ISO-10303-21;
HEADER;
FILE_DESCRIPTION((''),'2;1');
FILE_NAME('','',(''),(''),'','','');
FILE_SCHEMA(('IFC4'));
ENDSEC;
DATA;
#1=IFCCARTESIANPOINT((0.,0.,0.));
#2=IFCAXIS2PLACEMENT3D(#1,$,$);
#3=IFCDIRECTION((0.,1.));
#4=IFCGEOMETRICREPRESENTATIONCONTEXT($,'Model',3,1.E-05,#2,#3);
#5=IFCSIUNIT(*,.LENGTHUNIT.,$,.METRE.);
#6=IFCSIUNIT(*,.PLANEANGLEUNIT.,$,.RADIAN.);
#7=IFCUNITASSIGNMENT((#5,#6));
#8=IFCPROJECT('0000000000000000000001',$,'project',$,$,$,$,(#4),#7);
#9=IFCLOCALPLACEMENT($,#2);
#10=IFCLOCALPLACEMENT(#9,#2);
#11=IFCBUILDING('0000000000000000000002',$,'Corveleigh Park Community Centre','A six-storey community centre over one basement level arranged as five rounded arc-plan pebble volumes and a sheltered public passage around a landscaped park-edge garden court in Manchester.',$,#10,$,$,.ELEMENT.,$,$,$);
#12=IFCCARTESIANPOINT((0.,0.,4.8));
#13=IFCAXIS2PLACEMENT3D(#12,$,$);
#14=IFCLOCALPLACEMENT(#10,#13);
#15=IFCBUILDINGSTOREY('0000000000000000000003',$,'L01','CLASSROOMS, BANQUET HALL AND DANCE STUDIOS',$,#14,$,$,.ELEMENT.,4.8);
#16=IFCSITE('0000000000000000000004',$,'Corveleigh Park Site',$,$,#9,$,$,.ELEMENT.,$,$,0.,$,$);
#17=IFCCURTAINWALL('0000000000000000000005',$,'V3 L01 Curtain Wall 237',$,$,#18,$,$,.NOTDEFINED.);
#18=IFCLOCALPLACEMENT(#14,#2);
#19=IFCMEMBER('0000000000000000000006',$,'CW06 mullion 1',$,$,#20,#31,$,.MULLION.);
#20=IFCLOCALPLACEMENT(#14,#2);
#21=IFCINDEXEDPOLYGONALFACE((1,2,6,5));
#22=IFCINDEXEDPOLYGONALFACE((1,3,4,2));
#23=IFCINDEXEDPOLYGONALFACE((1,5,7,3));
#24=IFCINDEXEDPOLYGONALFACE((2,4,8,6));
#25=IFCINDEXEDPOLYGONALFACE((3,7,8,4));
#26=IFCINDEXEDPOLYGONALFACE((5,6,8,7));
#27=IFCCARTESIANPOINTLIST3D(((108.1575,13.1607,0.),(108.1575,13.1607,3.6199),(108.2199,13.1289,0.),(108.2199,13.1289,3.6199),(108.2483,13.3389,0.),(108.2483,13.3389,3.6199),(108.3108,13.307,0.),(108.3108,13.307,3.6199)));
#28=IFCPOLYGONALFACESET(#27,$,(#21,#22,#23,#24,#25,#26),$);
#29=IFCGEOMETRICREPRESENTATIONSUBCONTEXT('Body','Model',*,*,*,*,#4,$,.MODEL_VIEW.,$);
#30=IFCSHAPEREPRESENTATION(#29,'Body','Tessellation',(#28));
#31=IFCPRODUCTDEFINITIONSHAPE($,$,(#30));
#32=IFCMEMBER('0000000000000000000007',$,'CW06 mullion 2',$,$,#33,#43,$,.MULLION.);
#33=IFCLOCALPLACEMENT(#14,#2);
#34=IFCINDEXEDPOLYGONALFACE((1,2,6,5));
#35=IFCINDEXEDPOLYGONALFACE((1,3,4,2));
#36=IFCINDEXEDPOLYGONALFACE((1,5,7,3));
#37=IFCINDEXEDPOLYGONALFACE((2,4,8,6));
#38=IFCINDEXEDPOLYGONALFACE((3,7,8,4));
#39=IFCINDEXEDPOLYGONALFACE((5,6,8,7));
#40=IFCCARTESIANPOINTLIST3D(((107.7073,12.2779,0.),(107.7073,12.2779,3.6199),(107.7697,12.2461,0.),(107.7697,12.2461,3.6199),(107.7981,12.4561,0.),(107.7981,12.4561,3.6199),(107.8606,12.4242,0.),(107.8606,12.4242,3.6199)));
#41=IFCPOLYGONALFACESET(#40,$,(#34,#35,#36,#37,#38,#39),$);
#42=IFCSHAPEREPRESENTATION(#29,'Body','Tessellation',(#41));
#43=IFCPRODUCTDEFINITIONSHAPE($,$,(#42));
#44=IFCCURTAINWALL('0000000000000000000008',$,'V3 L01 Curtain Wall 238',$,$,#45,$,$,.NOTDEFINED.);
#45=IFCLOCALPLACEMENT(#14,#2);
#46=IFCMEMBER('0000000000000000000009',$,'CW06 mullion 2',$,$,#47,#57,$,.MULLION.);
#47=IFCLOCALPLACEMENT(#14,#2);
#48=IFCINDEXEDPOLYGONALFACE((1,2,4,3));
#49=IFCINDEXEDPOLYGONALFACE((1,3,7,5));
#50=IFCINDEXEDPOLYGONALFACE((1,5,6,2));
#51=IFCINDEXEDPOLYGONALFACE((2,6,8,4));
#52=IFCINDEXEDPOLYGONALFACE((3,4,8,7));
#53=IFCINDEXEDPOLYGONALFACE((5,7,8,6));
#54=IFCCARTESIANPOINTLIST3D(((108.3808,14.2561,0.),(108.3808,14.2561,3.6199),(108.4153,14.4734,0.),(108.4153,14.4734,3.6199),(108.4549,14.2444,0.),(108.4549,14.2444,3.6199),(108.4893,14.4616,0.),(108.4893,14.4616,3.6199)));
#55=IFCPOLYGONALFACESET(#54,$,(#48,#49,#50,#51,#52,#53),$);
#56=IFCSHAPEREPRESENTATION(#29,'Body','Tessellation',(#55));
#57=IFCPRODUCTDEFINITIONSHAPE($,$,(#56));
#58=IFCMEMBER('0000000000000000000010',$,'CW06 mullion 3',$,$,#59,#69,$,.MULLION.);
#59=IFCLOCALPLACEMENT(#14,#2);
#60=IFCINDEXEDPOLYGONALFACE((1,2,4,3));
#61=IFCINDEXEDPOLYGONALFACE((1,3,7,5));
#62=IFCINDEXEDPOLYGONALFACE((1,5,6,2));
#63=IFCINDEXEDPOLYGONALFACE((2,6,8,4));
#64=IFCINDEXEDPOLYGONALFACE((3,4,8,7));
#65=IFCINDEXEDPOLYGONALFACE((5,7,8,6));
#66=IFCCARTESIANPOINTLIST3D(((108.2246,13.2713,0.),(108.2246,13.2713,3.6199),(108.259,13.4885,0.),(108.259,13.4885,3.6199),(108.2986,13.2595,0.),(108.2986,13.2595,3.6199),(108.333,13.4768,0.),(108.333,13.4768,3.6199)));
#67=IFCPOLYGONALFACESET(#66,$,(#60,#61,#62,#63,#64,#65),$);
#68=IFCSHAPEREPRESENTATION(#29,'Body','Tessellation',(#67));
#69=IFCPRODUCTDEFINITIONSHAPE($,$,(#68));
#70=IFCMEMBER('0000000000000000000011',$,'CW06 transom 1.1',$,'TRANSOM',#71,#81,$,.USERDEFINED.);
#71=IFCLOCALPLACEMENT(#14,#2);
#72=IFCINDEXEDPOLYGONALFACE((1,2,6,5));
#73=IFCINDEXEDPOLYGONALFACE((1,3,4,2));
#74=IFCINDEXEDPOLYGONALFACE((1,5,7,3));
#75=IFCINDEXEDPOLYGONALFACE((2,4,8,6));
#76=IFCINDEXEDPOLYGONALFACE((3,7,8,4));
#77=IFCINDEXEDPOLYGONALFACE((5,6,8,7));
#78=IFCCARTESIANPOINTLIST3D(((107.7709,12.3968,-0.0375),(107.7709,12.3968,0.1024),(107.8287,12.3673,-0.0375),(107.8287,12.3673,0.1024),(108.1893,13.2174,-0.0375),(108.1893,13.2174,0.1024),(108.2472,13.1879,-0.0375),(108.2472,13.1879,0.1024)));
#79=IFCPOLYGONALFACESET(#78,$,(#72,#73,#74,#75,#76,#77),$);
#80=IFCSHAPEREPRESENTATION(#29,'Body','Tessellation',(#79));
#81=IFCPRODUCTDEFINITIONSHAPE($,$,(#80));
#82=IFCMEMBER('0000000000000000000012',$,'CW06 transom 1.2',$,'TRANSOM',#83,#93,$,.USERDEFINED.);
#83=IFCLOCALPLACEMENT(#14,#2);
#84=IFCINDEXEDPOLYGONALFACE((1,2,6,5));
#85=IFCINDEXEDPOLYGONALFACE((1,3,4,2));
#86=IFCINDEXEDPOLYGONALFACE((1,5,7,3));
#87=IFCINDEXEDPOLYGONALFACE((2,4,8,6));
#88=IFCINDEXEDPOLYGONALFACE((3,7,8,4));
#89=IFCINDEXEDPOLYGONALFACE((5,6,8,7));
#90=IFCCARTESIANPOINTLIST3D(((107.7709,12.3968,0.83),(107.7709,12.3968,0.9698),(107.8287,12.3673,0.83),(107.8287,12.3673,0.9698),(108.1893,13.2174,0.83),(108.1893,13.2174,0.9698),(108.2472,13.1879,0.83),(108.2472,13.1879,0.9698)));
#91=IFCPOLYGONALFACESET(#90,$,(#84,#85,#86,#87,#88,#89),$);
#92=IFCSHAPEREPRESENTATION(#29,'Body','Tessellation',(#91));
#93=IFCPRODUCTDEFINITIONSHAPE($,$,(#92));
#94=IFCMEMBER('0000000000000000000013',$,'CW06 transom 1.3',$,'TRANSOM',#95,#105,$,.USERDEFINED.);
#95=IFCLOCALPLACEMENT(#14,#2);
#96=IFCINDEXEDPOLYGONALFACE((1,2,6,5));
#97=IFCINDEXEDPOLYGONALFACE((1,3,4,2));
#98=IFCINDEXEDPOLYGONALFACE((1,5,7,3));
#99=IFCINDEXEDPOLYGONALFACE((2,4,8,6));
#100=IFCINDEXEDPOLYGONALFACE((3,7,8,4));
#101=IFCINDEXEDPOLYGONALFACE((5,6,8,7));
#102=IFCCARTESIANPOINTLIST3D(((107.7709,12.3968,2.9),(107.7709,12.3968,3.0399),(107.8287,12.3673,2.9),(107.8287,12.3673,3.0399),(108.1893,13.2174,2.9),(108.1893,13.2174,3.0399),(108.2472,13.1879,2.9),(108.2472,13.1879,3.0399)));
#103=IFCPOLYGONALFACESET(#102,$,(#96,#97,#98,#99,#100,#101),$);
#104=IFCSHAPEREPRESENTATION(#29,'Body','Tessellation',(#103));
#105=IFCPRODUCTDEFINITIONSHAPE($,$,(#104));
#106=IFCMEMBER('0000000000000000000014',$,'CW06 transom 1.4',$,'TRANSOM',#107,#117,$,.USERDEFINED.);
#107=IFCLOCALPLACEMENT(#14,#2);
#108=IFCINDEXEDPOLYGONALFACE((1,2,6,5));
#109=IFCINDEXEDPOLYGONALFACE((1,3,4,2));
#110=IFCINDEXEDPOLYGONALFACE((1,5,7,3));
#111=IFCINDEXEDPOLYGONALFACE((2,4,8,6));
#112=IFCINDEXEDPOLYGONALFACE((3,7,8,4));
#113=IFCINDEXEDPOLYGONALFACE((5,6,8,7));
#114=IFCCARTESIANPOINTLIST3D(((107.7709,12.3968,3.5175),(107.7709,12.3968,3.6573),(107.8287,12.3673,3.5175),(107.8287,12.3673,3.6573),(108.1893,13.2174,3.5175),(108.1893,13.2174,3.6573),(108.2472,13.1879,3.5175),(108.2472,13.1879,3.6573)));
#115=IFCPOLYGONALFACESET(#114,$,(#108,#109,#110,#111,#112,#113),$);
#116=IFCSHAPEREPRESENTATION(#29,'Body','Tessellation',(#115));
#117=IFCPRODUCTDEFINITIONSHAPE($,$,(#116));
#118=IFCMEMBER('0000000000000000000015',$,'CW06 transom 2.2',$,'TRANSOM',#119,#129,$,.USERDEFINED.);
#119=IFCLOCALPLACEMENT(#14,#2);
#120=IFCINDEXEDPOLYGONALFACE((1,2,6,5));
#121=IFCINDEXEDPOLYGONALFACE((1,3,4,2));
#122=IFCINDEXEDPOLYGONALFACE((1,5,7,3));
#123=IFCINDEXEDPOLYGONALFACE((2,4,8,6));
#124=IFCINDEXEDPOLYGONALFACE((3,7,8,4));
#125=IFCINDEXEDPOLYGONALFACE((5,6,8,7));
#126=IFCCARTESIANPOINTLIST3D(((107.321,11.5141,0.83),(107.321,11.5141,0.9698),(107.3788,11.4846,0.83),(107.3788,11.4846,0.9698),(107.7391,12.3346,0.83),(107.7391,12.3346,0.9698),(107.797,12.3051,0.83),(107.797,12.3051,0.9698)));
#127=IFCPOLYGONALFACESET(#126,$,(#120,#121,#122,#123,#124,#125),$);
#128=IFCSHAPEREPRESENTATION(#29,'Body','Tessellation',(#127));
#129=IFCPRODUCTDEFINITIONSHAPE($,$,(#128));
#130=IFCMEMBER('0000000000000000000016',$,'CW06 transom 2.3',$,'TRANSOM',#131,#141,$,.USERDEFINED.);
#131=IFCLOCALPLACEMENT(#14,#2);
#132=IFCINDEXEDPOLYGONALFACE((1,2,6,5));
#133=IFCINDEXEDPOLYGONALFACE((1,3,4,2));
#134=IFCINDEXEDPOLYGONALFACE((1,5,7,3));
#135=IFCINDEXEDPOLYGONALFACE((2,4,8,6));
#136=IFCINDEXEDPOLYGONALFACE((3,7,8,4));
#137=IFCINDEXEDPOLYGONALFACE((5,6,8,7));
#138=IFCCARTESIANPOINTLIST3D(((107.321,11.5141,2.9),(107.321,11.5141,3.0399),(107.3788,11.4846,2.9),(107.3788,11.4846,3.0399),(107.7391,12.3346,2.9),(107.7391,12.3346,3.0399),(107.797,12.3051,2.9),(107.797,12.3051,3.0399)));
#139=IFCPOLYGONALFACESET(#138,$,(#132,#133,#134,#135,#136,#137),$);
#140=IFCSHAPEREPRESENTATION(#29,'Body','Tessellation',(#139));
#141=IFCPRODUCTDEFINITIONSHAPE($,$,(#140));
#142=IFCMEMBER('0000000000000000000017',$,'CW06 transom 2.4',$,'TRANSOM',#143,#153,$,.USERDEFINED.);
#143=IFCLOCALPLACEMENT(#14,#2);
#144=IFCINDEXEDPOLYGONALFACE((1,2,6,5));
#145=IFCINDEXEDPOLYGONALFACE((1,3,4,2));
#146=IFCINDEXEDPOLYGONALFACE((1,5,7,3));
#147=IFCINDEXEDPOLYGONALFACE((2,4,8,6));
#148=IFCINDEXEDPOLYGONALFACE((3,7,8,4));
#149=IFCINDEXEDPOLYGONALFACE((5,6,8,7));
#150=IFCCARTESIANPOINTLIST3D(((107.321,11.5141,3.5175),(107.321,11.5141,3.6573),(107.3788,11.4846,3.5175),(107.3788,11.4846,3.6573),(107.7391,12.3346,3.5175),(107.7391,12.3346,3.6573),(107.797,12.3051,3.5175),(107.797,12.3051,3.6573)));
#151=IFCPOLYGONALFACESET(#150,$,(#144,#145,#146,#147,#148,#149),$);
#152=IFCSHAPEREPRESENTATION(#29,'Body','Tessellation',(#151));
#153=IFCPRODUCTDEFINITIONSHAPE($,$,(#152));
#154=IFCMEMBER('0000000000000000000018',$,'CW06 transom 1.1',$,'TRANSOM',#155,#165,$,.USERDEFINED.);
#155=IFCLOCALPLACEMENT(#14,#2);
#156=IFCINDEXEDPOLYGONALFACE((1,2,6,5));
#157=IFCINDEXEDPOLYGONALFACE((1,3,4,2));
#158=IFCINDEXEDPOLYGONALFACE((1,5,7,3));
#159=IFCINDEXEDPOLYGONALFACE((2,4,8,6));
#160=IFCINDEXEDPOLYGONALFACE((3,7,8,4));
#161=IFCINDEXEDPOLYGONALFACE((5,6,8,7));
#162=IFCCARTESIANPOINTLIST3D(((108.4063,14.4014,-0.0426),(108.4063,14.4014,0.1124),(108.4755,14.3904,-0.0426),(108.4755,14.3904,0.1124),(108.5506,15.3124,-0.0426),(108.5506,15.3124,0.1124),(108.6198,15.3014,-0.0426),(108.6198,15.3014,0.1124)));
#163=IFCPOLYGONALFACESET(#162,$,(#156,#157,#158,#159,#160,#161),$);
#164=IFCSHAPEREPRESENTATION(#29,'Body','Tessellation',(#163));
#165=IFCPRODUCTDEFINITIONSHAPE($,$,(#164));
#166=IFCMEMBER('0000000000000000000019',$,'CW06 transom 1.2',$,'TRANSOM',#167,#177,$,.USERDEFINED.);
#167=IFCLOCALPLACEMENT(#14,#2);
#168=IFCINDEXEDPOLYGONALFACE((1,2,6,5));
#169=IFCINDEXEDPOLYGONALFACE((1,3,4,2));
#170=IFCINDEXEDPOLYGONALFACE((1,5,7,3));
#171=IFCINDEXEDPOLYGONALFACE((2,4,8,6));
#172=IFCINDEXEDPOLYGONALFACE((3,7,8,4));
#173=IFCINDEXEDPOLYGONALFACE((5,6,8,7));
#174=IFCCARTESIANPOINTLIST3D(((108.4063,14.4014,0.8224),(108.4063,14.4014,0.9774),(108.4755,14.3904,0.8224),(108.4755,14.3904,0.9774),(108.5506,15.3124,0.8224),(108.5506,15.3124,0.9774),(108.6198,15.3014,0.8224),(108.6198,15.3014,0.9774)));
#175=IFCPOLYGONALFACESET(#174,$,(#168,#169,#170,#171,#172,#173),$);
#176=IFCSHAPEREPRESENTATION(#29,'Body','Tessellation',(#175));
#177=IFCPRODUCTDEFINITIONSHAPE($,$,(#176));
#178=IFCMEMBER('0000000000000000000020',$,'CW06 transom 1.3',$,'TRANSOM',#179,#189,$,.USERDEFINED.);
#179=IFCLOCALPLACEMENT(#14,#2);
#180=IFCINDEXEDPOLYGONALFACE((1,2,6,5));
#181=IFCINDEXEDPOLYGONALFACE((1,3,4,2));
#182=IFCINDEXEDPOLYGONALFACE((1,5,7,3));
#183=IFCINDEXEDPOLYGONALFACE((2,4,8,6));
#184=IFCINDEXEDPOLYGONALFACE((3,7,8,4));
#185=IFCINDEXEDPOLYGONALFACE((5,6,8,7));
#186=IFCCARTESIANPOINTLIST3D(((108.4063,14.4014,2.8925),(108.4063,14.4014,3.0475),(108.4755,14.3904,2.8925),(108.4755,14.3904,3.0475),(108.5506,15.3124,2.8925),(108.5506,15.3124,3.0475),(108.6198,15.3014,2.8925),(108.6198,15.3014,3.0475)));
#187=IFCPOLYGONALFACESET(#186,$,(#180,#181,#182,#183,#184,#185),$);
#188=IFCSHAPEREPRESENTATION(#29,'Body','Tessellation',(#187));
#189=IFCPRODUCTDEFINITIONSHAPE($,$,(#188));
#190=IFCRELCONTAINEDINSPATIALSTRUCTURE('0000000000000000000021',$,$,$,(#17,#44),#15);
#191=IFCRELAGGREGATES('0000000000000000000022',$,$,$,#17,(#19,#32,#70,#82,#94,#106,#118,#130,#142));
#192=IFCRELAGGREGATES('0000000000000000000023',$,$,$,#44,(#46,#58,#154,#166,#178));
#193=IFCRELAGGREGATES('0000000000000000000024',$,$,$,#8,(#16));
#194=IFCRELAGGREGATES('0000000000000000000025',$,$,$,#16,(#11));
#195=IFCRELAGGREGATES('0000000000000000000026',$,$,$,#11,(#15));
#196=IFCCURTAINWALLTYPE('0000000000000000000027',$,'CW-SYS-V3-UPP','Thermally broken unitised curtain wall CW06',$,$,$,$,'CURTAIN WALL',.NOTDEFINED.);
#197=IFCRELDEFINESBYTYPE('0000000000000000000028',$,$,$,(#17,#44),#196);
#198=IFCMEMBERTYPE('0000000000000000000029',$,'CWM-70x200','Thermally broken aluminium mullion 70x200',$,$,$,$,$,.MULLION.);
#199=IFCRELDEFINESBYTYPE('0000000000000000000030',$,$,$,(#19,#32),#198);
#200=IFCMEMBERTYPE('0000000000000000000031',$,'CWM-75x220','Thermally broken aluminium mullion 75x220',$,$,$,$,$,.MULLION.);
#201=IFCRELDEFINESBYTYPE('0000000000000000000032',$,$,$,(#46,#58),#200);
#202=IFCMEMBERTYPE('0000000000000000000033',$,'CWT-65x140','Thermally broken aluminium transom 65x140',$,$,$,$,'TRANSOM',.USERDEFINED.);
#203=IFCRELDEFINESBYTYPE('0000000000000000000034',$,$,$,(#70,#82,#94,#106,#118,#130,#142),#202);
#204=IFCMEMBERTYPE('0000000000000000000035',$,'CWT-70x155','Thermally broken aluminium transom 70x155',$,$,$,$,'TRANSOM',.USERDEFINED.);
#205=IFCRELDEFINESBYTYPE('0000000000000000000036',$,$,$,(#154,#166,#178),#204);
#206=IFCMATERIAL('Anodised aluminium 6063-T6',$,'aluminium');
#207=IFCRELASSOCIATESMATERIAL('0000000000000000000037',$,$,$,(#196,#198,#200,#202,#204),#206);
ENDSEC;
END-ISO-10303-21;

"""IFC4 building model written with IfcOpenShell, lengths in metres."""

from ifc_helpers import new_model, si_unit, direction, frame, origin, origin_2d, place, context, subcontext, project, spatial, rectangle, extrude, material, material_profile, profile_set, type_object, element, aggregate, save


model = new_model("IFC4")

# Units and contexts
model_context = context("Model", 3, precision=1e-05, world=origin(), true_north=direction((0.0, 1.0)))
body_context = subcontext(model_context, "Body", "Model", "MODEL_VIEW")
ifc_project = project(units=[si_unit("LENGTHUNIT", "METRE"), si_unit("PLANEANGLEUNIT", "RADIAN")], contexts=[model_context])

# Site, building, storey
site_placement = place(None, origin())
site = spatial("IfcSite", under=ifc_project, at=site_placement, Name="Corveleigh Park Site", CompositionType="ELEMENT", RefElevation=0.0)
building_placement = place(site_placement, origin())
building = spatial("IfcBuilding", under=site, at=building_placement, Name="Corveleigh Park Community Centre", Description="A six-storey community centre over one basement level arranged as five rounded arc-plan pebble volumes and a sheltered public passage around a landscaped park-edge garden court in Manchester.", CompositionType="ELEMENT")
storey_placement = place(building_placement, frame((0.0, 0.0, 4.8)))
storey = spatial("IfcBuildingStorey", under=building, at=storey_placement, Name="L01", Description="CLASSROOMS, BANQUET HALL AND DANCE STUDIOS", CompositionType="ELEMENT", Elevation=4.8)

# Curtain walls, members
ifc_material_1 = material(Name="Anodised aluminium 6063-T6", Category="aluminium")
curtain_wall_type = type_object("IfcCurtainWallType", Name="CW-SYS-V3-UPP", Description="Thermally broken unitised curtain wall CW06", ElementType="CURTAIN WALL", PredefinedType="NOTDEFINED", material=ifc_material_1)
curtain_wall_1_placement = place(storey_placement, origin())
curtain_wall_1 = element("IfcCurtainWall", 1, at=curtain_wall_1_placement, inside=storey, type_object=curtain_wall_type, Name="V3 L01 Curtain Wall 237", PredefinedType="NOTDEFINED")
ifc_material_profile_1 = material_profile(ifc_material_1, rectangle(XDim=0.0701, YDim=0.2, at=origin_2d()), Name="ALU-M70x200", Category="aluminium")
ifc_profile_set_1 = profile_set([ifc_material_profile_1], Name="Anodised aluminium 6063-T6")
member_type_1 = type_object("IfcMemberType", Name="CWM-70x200", Description="Thermally broken aluminium mullion 70x200", PredefinedType="MULLION", material=ifc_profile_set_1)
member_1_placement = place(storey_placement, frame((108.2341, 13.2339, 0.0), z_axis=(0.0, 0.0, 1.0), x_axis=(0.890891, -0.454218, 0.0)))
member_1 = element("IfcMember", 2, at=member_1_placement, type_object=member_type_1, Name="CW06 mullion 1", PredefinedType="MULLION", context=body_context, shape_type="SweptSolid", body=[
    extrude(rectangle(XDim=0.0701, YDim=0.2, at=origin_2d()), origin(), (0.0, 0.0, 1.0), 3.6199),
])
member_2_placement = place(storey_placement, frame((107.7839, 12.3511, 0.0), z_axis=(0.0, 0.0, 1.0), x_axis=(0.890891, -0.454218, 0.0)))
member_2 = element("IfcMember", 3, at=member_2_placement, type_object=member_type_1, Name="CW06 mullion 2", PredefinedType="MULLION", context=body_context, shape_type="SweptSolid", body=[
    extrude(rectangle(XDim=0.0701, YDim=0.2, at=origin_2d()), origin(), (0.0, 0.0, 1.0), 3.6199),
])
curtain_wall_2_placement = place(storey_placement, origin())
curtain_wall_2 = element("IfcCurtainWall", 4, at=curtain_wall_2_placement, inside=storey, type_object=curtain_wall_type, Name="V3 L01 Curtain Wall 238", PredefinedType="NOTDEFINED")
ifc_material_profile_2 = material_profile(ifc_material_1, rectangle(XDim=0.075, YDim=0.22, at=origin_2d()), Name="ALU-M75x220", Category="aluminium")
ifc_profile_set_2 = profile_set([ifc_material_profile_2], Name="Anodised aluminium 6063-T6")
member_type_2 = type_object("IfcMemberType", Name="CWM-75x220", Description="Thermally broken aluminium mullion 75x220", PredefinedType="MULLION", material=ifc_profile_set_2)
member_3_placement = place(storey_placement, frame((108.4351, 14.3589, 0.0), z_axis=(0.0, 0.0, 1.0), x_axis=(0.987669, -0.156558, 0.0)))
member_3 = element("IfcMember", 5, at=member_3_placement, type_object=member_type_2, Name="CW06 mullion 2", PredefinedType="MULLION", context=body_context, shape_type="SweptSolid", body=[
    extrude(rectangle(XDim=0.075, YDim=0.22, at=origin_2d()), origin(), (0.0, 0.0, 1.0), 3.6199),
])
member_4_placement = place(storey_placement, frame((108.2788, 13.374, 0.0), z_axis=(0.0, 0.0, 1.0), x_axis=(0.987669, -0.156558, 0.0)))
member_4 = element("IfcMember", 6, at=member_4_placement, type_object=member_type_2, Name="CW06 mullion 3", PredefinedType="MULLION", context=body_context, shape_type="SweptSolid", body=[
    extrude(rectangle(XDim=0.075, YDim=0.22, at=origin_2d()), origin(), (0.0, 0.0, 1.0), 3.6199),
])

# Members
ifc_material_profile_3 = material_profile(ifc_material_1, rectangle(XDim=0.0649, YDim=0.1399, at=origin_2d()), Name="ALU-T65x140", Category="aluminium")
ifc_profile_set_3 = profile_set([ifc_material_profile_3], Name="Anodised aluminium 6063-T6")
member_type_3 = type_object("IfcMemberType", Name="CWT-65x140", Description="Thermally broken aluminium transom 65x140", ElementType="TRANSOM", PredefinedType="USERDEFINED", material=ifc_profile_set_3)
member_5_placement = place(storey_placement, frame((108.2183, 13.2026, 0.0325), z_axis=(-0.454303, -0.890847, 0.0), x_axis=(0.890847, -0.454303, 0.0)))
member_5 = element("IfcMember", 7, at=member_5_placement, type_object=member_type_3, Name="CW06 transom 1.1", ObjectType="TRANSOM", PredefinedType="USERDEFINED", context=body_context, shape_type="SweptSolid", body=[
    extrude(rectangle(XDim=0.0649, YDim=0.1399, at=origin_2d()), origin(), (0.0, 0.0, 1.0), 0.9211),
])
member_6_placement = place(storey_placement, frame((108.2183, 13.2026, 0.8999), z_axis=(-0.454303, -0.890847, 0.0), x_axis=(0.890847, -0.454303, 0.0)))
member_6 = element("IfcMember", 8, at=member_6_placement, type_object=member_type_3, Name="CW06 transom 1.2", ObjectType="TRANSOM", PredefinedType="USERDEFINED", context=body_context, shape_type="SweptSolid", body=[
    extrude(rectangle(XDim=0.0649, YDim=0.1399, at=origin_2d()), origin(), (0.0, 0.0, 1.0), 0.9211),
])
member_7_placement = place(storey_placement, frame((108.2183, 13.2026, 2.97), z_axis=(-0.454303, -0.890847, 0.0), x_axis=(0.890847, -0.454303, 0.0)))
member_7 = element("IfcMember", 9, at=member_7_placement, type_object=member_type_3, Name="CW06 transom 1.3", ObjectType="TRANSOM", PredefinedType="USERDEFINED", context=body_context, shape_type="SweptSolid", body=[
    extrude(rectangle(XDim=0.0649, YDim=0.1399, at=origin_2d()), origin(), (0.0, 0.0, 1.0), 0.9211),
])
member_8_placement = place(storey_placement, frame((108.2183, 13.2026, 3.5874), z_axis=(-0.454303, -0.890847, 0.0), x_axis=(0.890847, -0.454303, 0.0)))
member_8 = element("IfcMember", 10, at=member_8_placement, type_object=member_type_3, Name="CW06 transom 1.4", ObjectType="TRANSOM", PredefinedType="USERDEFINED", context=body_context, shape_type="SweptSolid", body=[
    extrude(rectangle(XDim=0.0649, YDim=0.1399, at=origin_2d()), origin(), (0.0, 0.0, 1.0), 0.9211),
])
member_9_placement = place(storey_placement, frame((107.7681, 12.3198, 0.8999), z_axis=(-0.454093, -0.890955, 0.0), x_axis=(0.890955, -0.454093, 0.0)))
member_9 = element("IfcMember", 11, at=member_9_placement, type_object=member_type_3, Name="CW06 transom 2.2", ObjectType="TRANSOM", PredefinedType="USERDEFINED", context=body_context, shape_type="SweptSolid", body=[
    extrude(rectangle(XDim=0.0649, YDim=0.1399, at=origin_2d()), origin(), (0.0, 0.0, 1.0), 0.9209),
])
member_10_placement = place(storey_placement, frame((107.7681, 12.3198, 2.97), z_axis=(-0.454093, -0.890955, 0.0), x_axis=(0.890955, -0.454093, 0.0)))
member_10 = element("IfcMember", 12, at=member_10_placement, type_object=member_type_3, Name="CW06 transom 2.3", ObjectType="TRANSOM", PredefinedType="USERDEFINED", context=body_context, shape_type="SweptSolid", body=[
    extrude(rectangle(XDim=0.0649, YDim=0.1399, at=origin_2d()), origin(), (0.0, 0.0, 1.0), 0.9209),
])
member_11_placement = place(storey_placement, frame((107.7681, 12.3198, 3.5874), z_axis=(-0.454093, -0.890955, 0.0), x_axis=(0.890955, -0.454093, 0.0)))
member_11 = element("IfcMember", 13, at=member_11_placement, type_object=member_type_3, Name="CW06 transom 2.4", ObjectType="TRANSOM", PredefinedType="USERDEFINED", context=body_context, shape_type="SweptSolid", body=[
    extrude(rectangle(XDim=0.0649, YDim=0.1399, at=origin_2d()), origin(), (0.0, 0.0, 1.0), 0.9209),
])
ifc_material_profile_4 = material_profile(ifc_material_1, rectangle(XDim=0.0701, YDim=0.155, at=origin_2d()), Name="ALU-T70x155", Category="aluminium")
ifc_profile_set_4 = profile_set([ifc_material_profile_4], Name="Anodised aluminium 6063-T6")
member_type_4 = type_object("IfcMemberType", Name="CWT-70x155", Description="Thermally broken aluminium transom 70x155", ElementType="TRANSOM", PredefinedType="USERDEFINED", material=ifc_profile_set_4)
member_12_placement = place(storey_placement, frame((108.5852, 15.3069, 0.0349), z_axis=(-0.156452, -0.987686, 0.0), x_axis=(0.987686, -0.156452, 0.0)))
member_12 = element("IfcMember", 14, at=member_12_placement, type_object=member_type_4, Name="CW06 transom 1.1", ObjectType="TRANSOM", PredefinedType="USERDEFINED", context=body_context, shape_type="SweptSolid", body=[
    extrude(rectangle(XDim=0.0701, YDim=0.155, at=origin_2d()), origin(), (0.0, 0.0, 1.0), 0.9224),
])
member_13_placement = place(storey_placement, frame((108.5852, 15.3069, 0.8999), z_axis=(-0.156452, -0.987686, 0.0), x_axis=(0.987686, -0.156452, 0.0)))
member_13 = element("IfcMember", 15, at=member_13_placement, type_object=member_type_4, Name="CW06 transom 1.2", ObjectType="TRANSOM", PredefinedType="USERDEFINED", context=body_context, shape_type="SweptSolid", body=[
    extrude(rectangle(XDim=0.0701, YDim=0.155, at=origin_2d()), origin(), (0.0, 0.0, 1.0), 0.9224),
])
member_14_placement = place(storey_placement, frame((108.5852, 15.3069, 2.97), z_axis=(-0.156452, -0.987686, 0.0), x_axis=(0.987686, -0.156452, 0.0)))
member_14 = element("IfcMember", 16, at=member_14_placement, type_object=member_type_4, Name="CW06 transom 1.3", ObjectType="TRANSOM", PredefinedType="USERDEFINED", context=body_context, shape_type="SweptSolid", body=[
    extrude(rectangle(XDim=0.0701, YDim=0.155, at=origin_2d()), origin(), (0.0, 0.0, 1.0), 0.9224),
])

aggregate(curtain_wall_1, [member_1, member_2, member_5, member_6, member_7, member_8, member_9, member_10, member_11])
aggregate(curtain_wall_2, [member_3, member_4, member_12, member_13, member_14])

save(model, "model.ifc")
